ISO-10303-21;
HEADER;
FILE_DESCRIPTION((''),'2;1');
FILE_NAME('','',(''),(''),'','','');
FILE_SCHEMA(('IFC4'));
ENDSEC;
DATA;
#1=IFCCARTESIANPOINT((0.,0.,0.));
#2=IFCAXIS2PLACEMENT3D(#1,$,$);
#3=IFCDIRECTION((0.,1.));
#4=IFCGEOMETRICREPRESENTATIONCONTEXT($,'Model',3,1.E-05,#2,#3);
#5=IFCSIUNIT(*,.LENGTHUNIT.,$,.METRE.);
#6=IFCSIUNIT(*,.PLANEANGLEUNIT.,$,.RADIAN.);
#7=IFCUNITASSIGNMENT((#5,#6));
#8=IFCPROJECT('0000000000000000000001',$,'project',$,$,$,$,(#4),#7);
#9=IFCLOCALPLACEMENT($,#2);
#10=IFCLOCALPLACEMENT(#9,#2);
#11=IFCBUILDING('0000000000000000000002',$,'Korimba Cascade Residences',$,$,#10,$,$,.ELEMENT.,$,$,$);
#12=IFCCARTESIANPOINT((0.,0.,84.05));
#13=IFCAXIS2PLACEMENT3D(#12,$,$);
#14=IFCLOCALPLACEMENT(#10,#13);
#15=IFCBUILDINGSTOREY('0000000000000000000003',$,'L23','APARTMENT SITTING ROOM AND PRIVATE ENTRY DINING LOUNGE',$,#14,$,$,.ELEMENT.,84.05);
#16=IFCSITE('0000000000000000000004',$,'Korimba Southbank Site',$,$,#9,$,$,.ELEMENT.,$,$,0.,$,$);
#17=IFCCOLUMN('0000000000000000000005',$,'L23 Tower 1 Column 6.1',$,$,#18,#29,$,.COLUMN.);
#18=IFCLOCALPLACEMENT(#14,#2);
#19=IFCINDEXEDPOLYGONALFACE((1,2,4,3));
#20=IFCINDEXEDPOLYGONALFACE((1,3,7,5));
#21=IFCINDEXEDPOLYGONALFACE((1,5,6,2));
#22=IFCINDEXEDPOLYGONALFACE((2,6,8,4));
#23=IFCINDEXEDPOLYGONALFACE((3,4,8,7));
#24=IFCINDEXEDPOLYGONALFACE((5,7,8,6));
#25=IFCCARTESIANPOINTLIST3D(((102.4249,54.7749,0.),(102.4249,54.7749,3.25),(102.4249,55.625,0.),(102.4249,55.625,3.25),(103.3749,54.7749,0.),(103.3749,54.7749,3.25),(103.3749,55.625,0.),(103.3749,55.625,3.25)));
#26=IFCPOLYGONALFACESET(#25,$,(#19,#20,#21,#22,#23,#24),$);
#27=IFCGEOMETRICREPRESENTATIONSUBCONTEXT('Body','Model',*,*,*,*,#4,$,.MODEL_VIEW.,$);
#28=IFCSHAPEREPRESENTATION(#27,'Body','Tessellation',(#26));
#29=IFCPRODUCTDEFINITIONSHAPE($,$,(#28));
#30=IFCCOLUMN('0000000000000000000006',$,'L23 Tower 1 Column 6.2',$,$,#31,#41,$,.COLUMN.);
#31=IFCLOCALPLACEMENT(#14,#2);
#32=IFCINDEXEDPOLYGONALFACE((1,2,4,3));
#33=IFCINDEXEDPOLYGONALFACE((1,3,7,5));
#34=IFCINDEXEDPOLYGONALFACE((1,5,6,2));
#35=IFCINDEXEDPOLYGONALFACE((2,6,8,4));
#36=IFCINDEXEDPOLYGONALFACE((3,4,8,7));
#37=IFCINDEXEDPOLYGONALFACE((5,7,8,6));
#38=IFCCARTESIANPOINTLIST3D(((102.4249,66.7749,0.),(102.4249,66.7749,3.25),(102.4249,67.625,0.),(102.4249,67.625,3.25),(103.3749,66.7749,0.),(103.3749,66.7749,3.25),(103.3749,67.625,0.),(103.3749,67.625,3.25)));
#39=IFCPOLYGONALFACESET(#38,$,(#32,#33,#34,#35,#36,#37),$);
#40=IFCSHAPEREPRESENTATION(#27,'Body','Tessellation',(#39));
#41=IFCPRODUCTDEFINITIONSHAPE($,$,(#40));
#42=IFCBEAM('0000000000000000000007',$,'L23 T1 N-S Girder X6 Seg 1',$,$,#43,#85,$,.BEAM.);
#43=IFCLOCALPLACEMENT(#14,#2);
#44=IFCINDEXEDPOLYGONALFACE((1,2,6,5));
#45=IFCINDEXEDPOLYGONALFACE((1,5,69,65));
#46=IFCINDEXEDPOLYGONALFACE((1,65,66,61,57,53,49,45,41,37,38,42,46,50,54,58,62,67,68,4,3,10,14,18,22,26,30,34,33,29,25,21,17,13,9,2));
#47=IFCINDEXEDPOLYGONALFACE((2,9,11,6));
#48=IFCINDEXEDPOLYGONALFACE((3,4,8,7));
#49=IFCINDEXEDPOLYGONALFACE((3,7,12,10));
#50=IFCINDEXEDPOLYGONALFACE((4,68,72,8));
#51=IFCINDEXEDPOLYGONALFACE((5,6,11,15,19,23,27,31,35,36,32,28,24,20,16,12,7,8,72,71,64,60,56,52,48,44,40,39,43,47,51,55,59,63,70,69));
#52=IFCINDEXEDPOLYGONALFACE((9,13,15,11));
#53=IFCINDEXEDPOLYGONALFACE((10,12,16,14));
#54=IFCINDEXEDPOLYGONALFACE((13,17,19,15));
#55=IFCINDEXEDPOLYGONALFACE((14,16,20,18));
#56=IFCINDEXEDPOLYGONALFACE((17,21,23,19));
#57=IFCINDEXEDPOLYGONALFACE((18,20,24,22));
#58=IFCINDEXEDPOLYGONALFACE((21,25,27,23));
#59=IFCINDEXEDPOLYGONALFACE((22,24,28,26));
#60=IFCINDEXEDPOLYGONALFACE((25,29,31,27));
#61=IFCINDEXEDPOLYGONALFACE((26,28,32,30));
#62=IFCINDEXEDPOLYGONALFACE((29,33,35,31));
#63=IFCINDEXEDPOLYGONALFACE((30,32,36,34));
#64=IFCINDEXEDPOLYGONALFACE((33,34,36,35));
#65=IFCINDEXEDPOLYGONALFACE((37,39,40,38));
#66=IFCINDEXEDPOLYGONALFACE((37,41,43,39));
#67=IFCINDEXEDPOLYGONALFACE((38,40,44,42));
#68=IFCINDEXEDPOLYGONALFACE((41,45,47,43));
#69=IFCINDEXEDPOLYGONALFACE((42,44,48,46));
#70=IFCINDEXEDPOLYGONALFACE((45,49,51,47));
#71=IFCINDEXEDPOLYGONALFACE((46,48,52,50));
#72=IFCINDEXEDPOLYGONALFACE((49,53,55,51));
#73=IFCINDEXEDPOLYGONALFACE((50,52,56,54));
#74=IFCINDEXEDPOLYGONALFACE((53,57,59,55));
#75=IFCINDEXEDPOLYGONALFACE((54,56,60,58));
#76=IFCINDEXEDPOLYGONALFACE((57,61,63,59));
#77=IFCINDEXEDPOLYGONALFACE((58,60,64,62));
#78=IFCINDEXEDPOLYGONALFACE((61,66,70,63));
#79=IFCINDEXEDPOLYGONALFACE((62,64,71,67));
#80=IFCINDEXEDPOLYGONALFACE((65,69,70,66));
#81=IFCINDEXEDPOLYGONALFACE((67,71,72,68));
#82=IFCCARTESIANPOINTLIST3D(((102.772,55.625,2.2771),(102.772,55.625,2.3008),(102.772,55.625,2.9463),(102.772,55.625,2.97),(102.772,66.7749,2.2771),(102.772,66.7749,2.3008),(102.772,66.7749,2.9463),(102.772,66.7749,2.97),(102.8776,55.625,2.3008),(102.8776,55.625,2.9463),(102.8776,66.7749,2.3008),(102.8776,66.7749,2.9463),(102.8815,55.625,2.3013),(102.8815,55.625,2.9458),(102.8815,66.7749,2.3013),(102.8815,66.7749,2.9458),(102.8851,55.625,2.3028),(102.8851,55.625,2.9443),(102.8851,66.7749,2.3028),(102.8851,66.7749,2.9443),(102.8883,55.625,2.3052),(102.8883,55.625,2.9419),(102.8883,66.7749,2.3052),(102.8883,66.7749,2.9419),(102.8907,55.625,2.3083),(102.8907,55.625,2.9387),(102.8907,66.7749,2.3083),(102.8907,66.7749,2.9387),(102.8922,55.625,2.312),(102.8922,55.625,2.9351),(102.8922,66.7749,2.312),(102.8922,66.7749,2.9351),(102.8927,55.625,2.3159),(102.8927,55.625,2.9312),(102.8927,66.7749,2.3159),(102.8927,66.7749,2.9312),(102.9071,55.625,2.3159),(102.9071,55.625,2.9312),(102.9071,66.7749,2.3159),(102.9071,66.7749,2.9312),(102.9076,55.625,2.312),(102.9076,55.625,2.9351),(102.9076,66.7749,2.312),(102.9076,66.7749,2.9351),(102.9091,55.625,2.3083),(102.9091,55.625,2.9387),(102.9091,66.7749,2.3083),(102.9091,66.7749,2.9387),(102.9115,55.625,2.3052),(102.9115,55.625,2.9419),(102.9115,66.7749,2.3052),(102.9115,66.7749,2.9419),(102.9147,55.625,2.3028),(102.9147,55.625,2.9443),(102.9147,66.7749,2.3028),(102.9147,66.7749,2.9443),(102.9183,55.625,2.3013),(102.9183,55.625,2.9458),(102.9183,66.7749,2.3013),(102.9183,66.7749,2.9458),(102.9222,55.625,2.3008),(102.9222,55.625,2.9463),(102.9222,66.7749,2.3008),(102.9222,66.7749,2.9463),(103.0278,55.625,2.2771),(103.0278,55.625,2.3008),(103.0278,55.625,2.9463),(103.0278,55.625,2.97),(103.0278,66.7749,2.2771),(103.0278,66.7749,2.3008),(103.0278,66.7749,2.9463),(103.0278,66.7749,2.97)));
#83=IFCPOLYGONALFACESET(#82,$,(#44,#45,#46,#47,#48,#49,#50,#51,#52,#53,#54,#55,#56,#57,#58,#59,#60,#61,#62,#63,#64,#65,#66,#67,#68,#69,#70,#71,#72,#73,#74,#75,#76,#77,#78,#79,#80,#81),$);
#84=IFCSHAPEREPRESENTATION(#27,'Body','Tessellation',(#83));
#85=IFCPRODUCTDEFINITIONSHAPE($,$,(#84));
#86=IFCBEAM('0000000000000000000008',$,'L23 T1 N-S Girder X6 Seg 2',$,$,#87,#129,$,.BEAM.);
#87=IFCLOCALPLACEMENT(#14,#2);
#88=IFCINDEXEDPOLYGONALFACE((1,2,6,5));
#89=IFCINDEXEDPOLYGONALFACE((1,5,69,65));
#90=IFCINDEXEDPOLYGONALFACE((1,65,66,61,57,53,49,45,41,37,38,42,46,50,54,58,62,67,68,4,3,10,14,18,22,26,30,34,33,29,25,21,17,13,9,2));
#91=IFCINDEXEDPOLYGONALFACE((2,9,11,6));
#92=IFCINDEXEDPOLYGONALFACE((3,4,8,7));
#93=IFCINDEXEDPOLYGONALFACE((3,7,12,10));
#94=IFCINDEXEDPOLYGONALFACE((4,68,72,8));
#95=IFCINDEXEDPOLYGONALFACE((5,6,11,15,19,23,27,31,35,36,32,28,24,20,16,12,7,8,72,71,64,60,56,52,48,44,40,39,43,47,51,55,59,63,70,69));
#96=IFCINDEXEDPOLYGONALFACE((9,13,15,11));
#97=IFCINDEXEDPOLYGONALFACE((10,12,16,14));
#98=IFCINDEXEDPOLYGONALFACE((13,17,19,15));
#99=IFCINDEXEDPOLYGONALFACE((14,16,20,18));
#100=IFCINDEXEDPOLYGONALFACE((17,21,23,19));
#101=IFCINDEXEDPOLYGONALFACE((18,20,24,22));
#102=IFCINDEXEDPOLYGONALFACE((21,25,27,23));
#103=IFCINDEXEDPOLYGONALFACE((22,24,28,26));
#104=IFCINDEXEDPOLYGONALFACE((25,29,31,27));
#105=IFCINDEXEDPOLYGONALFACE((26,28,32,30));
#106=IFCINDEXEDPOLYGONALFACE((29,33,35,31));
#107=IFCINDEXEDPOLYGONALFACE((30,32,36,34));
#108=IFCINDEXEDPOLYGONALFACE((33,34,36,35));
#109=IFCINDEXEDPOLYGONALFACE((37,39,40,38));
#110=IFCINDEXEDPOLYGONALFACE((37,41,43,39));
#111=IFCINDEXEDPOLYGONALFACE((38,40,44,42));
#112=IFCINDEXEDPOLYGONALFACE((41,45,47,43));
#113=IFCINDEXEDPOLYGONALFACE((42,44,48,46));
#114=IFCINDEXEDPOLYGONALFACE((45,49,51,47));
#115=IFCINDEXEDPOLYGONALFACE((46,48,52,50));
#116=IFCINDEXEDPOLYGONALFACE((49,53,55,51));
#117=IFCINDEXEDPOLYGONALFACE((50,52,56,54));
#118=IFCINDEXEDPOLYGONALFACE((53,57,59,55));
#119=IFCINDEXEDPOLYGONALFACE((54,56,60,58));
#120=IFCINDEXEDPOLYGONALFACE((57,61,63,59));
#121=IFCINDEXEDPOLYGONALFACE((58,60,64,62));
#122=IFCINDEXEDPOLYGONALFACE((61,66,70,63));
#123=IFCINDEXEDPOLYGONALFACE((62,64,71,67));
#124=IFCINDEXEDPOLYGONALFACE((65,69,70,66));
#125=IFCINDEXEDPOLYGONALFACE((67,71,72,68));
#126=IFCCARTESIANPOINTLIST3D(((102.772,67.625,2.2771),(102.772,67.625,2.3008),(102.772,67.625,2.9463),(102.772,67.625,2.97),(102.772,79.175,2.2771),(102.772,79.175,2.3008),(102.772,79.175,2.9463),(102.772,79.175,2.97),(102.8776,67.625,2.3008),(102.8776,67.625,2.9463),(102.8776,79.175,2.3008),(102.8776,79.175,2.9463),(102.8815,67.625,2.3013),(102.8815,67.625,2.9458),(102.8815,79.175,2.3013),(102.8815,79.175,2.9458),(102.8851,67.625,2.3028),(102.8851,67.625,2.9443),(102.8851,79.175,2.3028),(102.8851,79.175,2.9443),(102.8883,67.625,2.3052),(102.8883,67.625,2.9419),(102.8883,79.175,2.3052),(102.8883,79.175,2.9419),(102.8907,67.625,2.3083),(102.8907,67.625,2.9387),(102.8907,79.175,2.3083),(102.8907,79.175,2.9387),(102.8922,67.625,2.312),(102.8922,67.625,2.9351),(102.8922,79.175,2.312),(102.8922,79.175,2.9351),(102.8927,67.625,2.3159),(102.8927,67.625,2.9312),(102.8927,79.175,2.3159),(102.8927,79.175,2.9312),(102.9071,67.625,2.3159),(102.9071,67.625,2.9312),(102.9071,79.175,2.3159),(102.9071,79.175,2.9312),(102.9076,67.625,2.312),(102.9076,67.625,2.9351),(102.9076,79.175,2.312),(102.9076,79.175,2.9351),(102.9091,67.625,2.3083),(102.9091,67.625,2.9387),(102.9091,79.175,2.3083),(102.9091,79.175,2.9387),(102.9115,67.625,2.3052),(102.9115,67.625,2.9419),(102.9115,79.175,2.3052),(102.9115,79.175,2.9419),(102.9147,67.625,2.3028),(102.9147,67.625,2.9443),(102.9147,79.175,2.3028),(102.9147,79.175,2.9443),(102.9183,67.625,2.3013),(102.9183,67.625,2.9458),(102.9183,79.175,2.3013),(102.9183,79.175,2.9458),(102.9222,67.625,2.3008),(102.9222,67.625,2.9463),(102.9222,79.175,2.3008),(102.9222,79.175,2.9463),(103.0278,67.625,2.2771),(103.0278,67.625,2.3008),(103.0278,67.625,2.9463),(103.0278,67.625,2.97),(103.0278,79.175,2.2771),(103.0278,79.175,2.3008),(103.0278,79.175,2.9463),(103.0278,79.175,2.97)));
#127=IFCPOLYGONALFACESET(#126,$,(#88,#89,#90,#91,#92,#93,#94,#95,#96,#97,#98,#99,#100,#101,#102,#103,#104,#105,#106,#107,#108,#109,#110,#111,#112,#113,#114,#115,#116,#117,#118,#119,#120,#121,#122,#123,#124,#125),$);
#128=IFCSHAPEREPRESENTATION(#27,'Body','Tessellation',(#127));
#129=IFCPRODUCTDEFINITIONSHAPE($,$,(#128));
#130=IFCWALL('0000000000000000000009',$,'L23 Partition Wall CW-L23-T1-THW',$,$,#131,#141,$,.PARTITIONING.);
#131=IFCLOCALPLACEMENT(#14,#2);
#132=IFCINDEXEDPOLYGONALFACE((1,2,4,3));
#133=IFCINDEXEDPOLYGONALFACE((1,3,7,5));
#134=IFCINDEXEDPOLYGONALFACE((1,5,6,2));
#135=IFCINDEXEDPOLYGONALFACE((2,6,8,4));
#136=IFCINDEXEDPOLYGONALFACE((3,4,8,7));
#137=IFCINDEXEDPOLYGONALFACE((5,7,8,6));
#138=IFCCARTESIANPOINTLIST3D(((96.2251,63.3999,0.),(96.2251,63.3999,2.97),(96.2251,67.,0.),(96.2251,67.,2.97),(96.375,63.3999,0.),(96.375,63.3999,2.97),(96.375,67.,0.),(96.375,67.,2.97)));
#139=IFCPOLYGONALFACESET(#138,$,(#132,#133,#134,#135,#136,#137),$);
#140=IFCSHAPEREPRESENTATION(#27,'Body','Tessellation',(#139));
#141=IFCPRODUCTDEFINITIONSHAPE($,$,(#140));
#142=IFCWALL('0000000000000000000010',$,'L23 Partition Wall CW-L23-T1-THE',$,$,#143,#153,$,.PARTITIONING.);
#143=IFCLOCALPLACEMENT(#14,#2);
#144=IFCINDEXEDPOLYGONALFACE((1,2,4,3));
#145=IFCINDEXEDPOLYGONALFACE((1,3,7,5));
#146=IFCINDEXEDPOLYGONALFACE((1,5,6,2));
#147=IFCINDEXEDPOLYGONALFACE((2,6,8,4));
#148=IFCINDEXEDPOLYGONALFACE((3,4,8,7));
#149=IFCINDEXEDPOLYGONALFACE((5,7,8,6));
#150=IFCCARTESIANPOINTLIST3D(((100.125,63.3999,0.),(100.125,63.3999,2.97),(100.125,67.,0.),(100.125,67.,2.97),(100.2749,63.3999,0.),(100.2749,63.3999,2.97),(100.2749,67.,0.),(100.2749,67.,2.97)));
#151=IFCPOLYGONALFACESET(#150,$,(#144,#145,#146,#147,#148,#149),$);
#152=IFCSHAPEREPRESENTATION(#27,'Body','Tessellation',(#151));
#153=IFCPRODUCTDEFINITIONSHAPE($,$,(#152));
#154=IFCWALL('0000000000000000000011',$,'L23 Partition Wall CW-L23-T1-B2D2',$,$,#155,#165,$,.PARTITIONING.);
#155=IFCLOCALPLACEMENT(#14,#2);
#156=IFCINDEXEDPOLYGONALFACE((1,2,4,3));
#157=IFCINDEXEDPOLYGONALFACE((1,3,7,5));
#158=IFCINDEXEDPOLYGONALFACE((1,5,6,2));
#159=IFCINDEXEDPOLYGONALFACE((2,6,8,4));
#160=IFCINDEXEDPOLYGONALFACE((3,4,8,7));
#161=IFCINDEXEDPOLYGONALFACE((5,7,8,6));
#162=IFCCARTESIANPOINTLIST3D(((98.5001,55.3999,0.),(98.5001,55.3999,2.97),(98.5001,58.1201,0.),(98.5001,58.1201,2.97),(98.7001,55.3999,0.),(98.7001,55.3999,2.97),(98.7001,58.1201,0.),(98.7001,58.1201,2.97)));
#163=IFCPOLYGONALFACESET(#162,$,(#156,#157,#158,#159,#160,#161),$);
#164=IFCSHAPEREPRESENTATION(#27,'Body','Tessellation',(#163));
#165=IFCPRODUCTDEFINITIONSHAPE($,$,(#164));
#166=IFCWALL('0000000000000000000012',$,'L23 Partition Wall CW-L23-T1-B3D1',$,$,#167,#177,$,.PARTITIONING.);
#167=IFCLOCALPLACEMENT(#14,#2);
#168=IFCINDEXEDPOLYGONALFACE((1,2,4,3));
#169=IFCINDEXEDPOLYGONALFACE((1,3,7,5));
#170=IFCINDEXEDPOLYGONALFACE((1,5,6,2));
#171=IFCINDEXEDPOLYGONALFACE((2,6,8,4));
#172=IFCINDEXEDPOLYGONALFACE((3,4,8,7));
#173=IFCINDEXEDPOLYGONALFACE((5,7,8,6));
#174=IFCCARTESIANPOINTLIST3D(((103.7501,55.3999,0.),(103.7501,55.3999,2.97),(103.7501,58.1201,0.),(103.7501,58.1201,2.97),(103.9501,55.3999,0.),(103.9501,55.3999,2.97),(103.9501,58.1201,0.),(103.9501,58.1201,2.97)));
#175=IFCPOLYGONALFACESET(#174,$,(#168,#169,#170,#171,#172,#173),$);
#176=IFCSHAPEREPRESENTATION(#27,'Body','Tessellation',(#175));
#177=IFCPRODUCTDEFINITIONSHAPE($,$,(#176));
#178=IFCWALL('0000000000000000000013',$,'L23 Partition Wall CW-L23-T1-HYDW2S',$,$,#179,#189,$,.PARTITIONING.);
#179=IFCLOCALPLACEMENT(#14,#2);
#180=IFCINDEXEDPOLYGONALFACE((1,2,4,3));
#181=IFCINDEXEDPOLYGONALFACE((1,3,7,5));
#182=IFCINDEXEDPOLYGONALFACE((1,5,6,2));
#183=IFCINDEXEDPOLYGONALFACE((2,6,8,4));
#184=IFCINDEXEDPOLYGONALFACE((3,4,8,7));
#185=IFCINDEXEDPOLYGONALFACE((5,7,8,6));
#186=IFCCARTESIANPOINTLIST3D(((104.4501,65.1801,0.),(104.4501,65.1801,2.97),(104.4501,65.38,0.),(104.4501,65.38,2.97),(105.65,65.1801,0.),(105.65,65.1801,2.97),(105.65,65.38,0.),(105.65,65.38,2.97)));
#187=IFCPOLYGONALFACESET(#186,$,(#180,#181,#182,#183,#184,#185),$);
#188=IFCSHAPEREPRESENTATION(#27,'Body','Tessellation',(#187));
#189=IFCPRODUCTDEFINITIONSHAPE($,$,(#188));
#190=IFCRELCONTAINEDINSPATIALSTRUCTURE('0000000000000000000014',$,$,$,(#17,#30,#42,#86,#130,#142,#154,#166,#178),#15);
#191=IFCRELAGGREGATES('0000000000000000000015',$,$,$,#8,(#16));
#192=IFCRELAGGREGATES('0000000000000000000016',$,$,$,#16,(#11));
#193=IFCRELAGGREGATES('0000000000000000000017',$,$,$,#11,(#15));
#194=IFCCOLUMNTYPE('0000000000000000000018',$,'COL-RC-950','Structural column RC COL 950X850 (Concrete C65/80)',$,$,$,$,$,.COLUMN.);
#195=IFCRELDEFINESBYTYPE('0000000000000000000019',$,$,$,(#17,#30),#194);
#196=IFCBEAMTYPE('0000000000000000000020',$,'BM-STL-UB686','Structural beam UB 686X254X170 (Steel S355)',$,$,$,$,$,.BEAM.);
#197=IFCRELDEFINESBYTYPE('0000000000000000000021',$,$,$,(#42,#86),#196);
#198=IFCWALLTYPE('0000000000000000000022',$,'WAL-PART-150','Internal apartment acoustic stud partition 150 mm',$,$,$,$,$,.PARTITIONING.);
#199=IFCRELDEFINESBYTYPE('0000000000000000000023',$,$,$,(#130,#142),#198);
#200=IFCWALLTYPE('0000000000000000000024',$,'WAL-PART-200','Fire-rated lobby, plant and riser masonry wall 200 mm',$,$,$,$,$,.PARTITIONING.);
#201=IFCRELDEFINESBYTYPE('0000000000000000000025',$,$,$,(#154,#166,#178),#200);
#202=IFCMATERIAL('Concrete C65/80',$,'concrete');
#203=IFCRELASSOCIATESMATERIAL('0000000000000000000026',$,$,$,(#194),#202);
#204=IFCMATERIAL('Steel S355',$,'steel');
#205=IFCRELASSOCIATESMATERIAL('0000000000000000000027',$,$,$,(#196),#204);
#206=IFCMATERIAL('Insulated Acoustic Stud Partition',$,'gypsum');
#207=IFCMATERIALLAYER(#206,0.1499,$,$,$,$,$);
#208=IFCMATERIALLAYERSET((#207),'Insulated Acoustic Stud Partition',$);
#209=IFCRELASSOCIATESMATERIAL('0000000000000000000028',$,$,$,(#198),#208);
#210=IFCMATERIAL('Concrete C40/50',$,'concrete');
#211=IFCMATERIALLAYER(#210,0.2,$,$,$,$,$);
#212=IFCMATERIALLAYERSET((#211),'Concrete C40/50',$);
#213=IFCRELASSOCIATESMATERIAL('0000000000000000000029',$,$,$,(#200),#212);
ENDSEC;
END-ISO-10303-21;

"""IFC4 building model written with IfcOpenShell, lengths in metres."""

from ifc_helpers import new_model, si_unit, direction, frame, frame_2d, origin, origin_2d, place, context, subcontext, project, spatial, rectangle, i_section, extrude, material, layer, layer_set, material_profile, profile_set, type_object, element, save


model = new_model("IFC4")

# Units and contexts
model_context = context("Model", 3, precision=1e-05, world=origin(), true_north=direction((0.0, 1.0)))
body_context = subcontext(model_context, "Body", "Model", "MODEL_VIEW")
ifc_project = project(units=[si_unit("LENGTHUNIT", "METRE"), si_unit("PLANEANGLEUNIT", "RADIAN")], contexts=[model_context])

# Site, building, storey
site_placement = place(None, origin())
site = spatial("IfcSite", under=ifc_project, at=site_placement, Name="Korimba Southbank Site", CompositionType="ELEMENT", RefElevation=0.0)
building_placement = place(site_placement, origin())
building = spatial("IfcBuilding", under=site, at=building_placement, Name="Korimba Cascade Residences", CompositionType="ELEMENT")
storey_placement = place(building_placement, frame((0.0, 0.0, 84.05)))
storey = spatial("IfcBuildingStorey", under=building, at=storey_placement, Name="L23", Description="APARTMENT SITTING ROOM AND PRIVATE ENTRY DINING LOUNGE", CompositionType="ELEMENT", Elevation=84.05)

# Columns
ifc_material_1 = material(Name="Concrete C65/80", Category="concrete")
ifc_material_profile_1 = material_profile(ifc_material_1, rectangle(XDim=0.95, YDim=0.8501, at=origin_2d()), Name="Concrete C65/80")
ifc_profile_set_1 = profile_set([ifc_material_profile_1], Name="Concrete C65/80")
column_type = type_object("IfcColumnType", Name="COL-RC-950", Description="Structural column RC COL 950X850 (Concrete C65/80)", PredefinedType="COLUMN", material=ifc_profile_set_1)
for number, where, z_axis, x_axis, name in (
    (1, (102.8999, 55.2, 0.0), (0.0, 0.0, 1.0), (1.0, 0.0, 0.0), "L23 Tower 1 Column 6.1"),
    (2, (102.8999, 67.2, 0.0), (0.0, 0.0, 1.0), (1.0, 0.0, 0.0), "L23 Tower 1 Column 6.2"),
):
    element("IfcColumn", number, at=place(storey_placement, frame(where, z_axis=z_axis, x_axis=x_axis)), inside=storey, type_object=column_type, Name=name, PredefinedType="COLUMN", context=body_context, shape_type="SweptSolid", body=[
        extrude(rectangle(XDim=0.95, YDim=0.8501, at=origin_2d()), origin(), (0.0, 0.0, 1.0), 3.25),
    ])

# Beams
ifc_material_2 = material(Name="Steel S355", Category="steel")
ifc_material_profile_2 = material_profile(ifc_material_2, i_section(OverallWidth=0.2559, OverallDepth=0.6929, WebThickness=0.0144, FlangeThickness=0.0237, FilletRadius=0.0151, at=origin_2d()), Name="Steel S355")
ifc_profile_set_2 = profile_set([ifc_material_profile_2], Name="Steel S355")
beam_type = type_object("IfcBeamType", Name="BM-STL-UB686", Description="Structural beam UB 686X254X170 (Steel S355)", PredefinedType="BEAM", material=ifc_profile_set_2)
beam_1_placement = place(storey_placement, frame((102.8999, 55.625, 2.6235), z_axis=(0.0, 1.0, 0.0), x_axis=(-1.0, 0.0, 0.0)))
element("IfcBeam", 3, at=beam_1_placement, inside=storey, type_object=beam_type, Name="L23 T1 N-S Girder X6 Seg 1", PredefinedType="BEAM", context=body_context, shape_type="SweptSolid", body=[
    extrude(i_section(OverallWidth=0.2559, OverallDepth=0.6929, WebThickness=0.0144, FlangeThickness=0.0237, FilletRadius=0.0151, at=origin_2d()), origin(), (0.0, 0.0, 1.0), 11.1499),
])
beam_2_placement = place(storey_placement, frame((102.8999, 67.625, 2.6235), z_axis=(0.0, 1.0, 0.0), x_axis=(-1.0, 0.0, 0.0)))
element("IfcBeam", 4, at=beam_2_placement, inside=storey, type_object=beam_type, Name="L23 T1 N-S Girder X6 Seg 2", PredefinedType="BEAM", context=body_context, shape_type="SweptSolid", body=[
    extrude(i_section(OverallWidth=0.2559, OverallDepth=0.6929, WebThickness=0.0144, FlangeThickness=0.0237, FilletRadius=0.0151, at=origin_2d()), origin(), (0.0, 0.0, 1.0), 11.55),
])

# Walls
ifc_material_3 = material(Name="Insulated Acoustic Stud Partition", Category="gypsum")
ifc_layer_1 = layer(ifc_material_3, 0.1499)
ifc_layer_set_1 = layer_set([ifc_layer_1], Name="Insulated Acoustic Stud Partition")
wall_type_1 = type_object("IfcWallType", Name="WAL-PART-150", Description="Internal apartment acoustic stud partition 150 mm", PredefinedType="PARTITIONING", material=ifc_layer_set_1)
for number, where, z_axis, x_axis, name in (
    (5, (96.3, 63.3999, 0.0), (0.0, 0.0, 1.0), (0.0, 1.0, 0.0), "L23 Partition Wall CW-L23-T1-THW"),
    (6, (100.2, 63.3999, 0.0), (0.0, 0.0, 1.0), (0.0, 1.0, 0.0), "L23 Partition Wall CW-L23-T1-THE"),
):
    element("IfcWall", number, at=place(storey_placement, frame(where, z_axis=z_axis, x_axis=x_axis)), inside=storey, type_object=wall_type_1, Name=name, PredefinedType="PARTITIONING", context=body_context, shape_type="SweptSolid", body=[
        extrude(rectangle(XDim=3.6001, YDim=0.1499, at=frame_2d((1.8, 0.0))), origin(), (0.0, 0.0, 1.0), 2.97),
    ])
ifc_material_4 = material(Name="Concrete C40/50", Category="concrete")
ifc_layer_2 = layer(ifc_material_4, 0.2)
ifc_layer_set_2 = layer_set([ifc_layer_2], Name="Concrete C40/50")
wall_type_2 = type_object("IfcWallType", Name="WAL-PART-200", Description="Fire-rated lobby, plant and riser masonry wall 200 mm", PredefinedType="PARTITIONING", material=ifc_layer_set_2)
for number, where, z_axis, x_axis, name in (
    (7, (98.6001, 55.3999, 0.0), (0.0, 0.0, 1.0), (0.0, 1.0, 0.0), "L23 Partition Wall CW-L23-T1-B2D2"),
    (8, (103.8501, 55.3999, 0.0), (0.0, 0.0, 1.0), (0.0, 1.0, 0.0), "L23 Partition Wall CW-L23-T1-B3D1"),
):
    element("IfcWall", number, at=place(storey_placement, frame(where, z_axis=z_axis, x_axis=x_axis)), inside=storey, type_object=wall_type_2, Name=name, PredefinedType="PARTITIONING", context=body_context, shape_type="SweptSolid", body=[
        extrude(rectangle(XDim=2.7202, YDim=0.2, at=frame_2d((1.3601, 0.0))), origin(), (0.0, 0.0, 1.0), 2.97),
    ])
wall_1_placement = place(storey_placement, frame((104.45, 65.28, 0.0), z_axis=(0.0, 0.0, 1.0), x_axis=(1.0, 0.0, 0.0)))
element("IfcWall", 9, at=wall_1_placement, inside=storey, type_object=wall_type_2, Name="L23 Partition Wall CW-L23-T1-HYDW2S", PredefinedType="PARTITIONING", context=body_context, shape_type="SweptSolid", body=[
    extrude(rectangle(XDim=1.2, YDim=0.2, at=frame_2d((0.6001, 0.0))), origin(), (0.0, 0.0, 1.0), 2.97),
])

save(model, "model.ifc")
